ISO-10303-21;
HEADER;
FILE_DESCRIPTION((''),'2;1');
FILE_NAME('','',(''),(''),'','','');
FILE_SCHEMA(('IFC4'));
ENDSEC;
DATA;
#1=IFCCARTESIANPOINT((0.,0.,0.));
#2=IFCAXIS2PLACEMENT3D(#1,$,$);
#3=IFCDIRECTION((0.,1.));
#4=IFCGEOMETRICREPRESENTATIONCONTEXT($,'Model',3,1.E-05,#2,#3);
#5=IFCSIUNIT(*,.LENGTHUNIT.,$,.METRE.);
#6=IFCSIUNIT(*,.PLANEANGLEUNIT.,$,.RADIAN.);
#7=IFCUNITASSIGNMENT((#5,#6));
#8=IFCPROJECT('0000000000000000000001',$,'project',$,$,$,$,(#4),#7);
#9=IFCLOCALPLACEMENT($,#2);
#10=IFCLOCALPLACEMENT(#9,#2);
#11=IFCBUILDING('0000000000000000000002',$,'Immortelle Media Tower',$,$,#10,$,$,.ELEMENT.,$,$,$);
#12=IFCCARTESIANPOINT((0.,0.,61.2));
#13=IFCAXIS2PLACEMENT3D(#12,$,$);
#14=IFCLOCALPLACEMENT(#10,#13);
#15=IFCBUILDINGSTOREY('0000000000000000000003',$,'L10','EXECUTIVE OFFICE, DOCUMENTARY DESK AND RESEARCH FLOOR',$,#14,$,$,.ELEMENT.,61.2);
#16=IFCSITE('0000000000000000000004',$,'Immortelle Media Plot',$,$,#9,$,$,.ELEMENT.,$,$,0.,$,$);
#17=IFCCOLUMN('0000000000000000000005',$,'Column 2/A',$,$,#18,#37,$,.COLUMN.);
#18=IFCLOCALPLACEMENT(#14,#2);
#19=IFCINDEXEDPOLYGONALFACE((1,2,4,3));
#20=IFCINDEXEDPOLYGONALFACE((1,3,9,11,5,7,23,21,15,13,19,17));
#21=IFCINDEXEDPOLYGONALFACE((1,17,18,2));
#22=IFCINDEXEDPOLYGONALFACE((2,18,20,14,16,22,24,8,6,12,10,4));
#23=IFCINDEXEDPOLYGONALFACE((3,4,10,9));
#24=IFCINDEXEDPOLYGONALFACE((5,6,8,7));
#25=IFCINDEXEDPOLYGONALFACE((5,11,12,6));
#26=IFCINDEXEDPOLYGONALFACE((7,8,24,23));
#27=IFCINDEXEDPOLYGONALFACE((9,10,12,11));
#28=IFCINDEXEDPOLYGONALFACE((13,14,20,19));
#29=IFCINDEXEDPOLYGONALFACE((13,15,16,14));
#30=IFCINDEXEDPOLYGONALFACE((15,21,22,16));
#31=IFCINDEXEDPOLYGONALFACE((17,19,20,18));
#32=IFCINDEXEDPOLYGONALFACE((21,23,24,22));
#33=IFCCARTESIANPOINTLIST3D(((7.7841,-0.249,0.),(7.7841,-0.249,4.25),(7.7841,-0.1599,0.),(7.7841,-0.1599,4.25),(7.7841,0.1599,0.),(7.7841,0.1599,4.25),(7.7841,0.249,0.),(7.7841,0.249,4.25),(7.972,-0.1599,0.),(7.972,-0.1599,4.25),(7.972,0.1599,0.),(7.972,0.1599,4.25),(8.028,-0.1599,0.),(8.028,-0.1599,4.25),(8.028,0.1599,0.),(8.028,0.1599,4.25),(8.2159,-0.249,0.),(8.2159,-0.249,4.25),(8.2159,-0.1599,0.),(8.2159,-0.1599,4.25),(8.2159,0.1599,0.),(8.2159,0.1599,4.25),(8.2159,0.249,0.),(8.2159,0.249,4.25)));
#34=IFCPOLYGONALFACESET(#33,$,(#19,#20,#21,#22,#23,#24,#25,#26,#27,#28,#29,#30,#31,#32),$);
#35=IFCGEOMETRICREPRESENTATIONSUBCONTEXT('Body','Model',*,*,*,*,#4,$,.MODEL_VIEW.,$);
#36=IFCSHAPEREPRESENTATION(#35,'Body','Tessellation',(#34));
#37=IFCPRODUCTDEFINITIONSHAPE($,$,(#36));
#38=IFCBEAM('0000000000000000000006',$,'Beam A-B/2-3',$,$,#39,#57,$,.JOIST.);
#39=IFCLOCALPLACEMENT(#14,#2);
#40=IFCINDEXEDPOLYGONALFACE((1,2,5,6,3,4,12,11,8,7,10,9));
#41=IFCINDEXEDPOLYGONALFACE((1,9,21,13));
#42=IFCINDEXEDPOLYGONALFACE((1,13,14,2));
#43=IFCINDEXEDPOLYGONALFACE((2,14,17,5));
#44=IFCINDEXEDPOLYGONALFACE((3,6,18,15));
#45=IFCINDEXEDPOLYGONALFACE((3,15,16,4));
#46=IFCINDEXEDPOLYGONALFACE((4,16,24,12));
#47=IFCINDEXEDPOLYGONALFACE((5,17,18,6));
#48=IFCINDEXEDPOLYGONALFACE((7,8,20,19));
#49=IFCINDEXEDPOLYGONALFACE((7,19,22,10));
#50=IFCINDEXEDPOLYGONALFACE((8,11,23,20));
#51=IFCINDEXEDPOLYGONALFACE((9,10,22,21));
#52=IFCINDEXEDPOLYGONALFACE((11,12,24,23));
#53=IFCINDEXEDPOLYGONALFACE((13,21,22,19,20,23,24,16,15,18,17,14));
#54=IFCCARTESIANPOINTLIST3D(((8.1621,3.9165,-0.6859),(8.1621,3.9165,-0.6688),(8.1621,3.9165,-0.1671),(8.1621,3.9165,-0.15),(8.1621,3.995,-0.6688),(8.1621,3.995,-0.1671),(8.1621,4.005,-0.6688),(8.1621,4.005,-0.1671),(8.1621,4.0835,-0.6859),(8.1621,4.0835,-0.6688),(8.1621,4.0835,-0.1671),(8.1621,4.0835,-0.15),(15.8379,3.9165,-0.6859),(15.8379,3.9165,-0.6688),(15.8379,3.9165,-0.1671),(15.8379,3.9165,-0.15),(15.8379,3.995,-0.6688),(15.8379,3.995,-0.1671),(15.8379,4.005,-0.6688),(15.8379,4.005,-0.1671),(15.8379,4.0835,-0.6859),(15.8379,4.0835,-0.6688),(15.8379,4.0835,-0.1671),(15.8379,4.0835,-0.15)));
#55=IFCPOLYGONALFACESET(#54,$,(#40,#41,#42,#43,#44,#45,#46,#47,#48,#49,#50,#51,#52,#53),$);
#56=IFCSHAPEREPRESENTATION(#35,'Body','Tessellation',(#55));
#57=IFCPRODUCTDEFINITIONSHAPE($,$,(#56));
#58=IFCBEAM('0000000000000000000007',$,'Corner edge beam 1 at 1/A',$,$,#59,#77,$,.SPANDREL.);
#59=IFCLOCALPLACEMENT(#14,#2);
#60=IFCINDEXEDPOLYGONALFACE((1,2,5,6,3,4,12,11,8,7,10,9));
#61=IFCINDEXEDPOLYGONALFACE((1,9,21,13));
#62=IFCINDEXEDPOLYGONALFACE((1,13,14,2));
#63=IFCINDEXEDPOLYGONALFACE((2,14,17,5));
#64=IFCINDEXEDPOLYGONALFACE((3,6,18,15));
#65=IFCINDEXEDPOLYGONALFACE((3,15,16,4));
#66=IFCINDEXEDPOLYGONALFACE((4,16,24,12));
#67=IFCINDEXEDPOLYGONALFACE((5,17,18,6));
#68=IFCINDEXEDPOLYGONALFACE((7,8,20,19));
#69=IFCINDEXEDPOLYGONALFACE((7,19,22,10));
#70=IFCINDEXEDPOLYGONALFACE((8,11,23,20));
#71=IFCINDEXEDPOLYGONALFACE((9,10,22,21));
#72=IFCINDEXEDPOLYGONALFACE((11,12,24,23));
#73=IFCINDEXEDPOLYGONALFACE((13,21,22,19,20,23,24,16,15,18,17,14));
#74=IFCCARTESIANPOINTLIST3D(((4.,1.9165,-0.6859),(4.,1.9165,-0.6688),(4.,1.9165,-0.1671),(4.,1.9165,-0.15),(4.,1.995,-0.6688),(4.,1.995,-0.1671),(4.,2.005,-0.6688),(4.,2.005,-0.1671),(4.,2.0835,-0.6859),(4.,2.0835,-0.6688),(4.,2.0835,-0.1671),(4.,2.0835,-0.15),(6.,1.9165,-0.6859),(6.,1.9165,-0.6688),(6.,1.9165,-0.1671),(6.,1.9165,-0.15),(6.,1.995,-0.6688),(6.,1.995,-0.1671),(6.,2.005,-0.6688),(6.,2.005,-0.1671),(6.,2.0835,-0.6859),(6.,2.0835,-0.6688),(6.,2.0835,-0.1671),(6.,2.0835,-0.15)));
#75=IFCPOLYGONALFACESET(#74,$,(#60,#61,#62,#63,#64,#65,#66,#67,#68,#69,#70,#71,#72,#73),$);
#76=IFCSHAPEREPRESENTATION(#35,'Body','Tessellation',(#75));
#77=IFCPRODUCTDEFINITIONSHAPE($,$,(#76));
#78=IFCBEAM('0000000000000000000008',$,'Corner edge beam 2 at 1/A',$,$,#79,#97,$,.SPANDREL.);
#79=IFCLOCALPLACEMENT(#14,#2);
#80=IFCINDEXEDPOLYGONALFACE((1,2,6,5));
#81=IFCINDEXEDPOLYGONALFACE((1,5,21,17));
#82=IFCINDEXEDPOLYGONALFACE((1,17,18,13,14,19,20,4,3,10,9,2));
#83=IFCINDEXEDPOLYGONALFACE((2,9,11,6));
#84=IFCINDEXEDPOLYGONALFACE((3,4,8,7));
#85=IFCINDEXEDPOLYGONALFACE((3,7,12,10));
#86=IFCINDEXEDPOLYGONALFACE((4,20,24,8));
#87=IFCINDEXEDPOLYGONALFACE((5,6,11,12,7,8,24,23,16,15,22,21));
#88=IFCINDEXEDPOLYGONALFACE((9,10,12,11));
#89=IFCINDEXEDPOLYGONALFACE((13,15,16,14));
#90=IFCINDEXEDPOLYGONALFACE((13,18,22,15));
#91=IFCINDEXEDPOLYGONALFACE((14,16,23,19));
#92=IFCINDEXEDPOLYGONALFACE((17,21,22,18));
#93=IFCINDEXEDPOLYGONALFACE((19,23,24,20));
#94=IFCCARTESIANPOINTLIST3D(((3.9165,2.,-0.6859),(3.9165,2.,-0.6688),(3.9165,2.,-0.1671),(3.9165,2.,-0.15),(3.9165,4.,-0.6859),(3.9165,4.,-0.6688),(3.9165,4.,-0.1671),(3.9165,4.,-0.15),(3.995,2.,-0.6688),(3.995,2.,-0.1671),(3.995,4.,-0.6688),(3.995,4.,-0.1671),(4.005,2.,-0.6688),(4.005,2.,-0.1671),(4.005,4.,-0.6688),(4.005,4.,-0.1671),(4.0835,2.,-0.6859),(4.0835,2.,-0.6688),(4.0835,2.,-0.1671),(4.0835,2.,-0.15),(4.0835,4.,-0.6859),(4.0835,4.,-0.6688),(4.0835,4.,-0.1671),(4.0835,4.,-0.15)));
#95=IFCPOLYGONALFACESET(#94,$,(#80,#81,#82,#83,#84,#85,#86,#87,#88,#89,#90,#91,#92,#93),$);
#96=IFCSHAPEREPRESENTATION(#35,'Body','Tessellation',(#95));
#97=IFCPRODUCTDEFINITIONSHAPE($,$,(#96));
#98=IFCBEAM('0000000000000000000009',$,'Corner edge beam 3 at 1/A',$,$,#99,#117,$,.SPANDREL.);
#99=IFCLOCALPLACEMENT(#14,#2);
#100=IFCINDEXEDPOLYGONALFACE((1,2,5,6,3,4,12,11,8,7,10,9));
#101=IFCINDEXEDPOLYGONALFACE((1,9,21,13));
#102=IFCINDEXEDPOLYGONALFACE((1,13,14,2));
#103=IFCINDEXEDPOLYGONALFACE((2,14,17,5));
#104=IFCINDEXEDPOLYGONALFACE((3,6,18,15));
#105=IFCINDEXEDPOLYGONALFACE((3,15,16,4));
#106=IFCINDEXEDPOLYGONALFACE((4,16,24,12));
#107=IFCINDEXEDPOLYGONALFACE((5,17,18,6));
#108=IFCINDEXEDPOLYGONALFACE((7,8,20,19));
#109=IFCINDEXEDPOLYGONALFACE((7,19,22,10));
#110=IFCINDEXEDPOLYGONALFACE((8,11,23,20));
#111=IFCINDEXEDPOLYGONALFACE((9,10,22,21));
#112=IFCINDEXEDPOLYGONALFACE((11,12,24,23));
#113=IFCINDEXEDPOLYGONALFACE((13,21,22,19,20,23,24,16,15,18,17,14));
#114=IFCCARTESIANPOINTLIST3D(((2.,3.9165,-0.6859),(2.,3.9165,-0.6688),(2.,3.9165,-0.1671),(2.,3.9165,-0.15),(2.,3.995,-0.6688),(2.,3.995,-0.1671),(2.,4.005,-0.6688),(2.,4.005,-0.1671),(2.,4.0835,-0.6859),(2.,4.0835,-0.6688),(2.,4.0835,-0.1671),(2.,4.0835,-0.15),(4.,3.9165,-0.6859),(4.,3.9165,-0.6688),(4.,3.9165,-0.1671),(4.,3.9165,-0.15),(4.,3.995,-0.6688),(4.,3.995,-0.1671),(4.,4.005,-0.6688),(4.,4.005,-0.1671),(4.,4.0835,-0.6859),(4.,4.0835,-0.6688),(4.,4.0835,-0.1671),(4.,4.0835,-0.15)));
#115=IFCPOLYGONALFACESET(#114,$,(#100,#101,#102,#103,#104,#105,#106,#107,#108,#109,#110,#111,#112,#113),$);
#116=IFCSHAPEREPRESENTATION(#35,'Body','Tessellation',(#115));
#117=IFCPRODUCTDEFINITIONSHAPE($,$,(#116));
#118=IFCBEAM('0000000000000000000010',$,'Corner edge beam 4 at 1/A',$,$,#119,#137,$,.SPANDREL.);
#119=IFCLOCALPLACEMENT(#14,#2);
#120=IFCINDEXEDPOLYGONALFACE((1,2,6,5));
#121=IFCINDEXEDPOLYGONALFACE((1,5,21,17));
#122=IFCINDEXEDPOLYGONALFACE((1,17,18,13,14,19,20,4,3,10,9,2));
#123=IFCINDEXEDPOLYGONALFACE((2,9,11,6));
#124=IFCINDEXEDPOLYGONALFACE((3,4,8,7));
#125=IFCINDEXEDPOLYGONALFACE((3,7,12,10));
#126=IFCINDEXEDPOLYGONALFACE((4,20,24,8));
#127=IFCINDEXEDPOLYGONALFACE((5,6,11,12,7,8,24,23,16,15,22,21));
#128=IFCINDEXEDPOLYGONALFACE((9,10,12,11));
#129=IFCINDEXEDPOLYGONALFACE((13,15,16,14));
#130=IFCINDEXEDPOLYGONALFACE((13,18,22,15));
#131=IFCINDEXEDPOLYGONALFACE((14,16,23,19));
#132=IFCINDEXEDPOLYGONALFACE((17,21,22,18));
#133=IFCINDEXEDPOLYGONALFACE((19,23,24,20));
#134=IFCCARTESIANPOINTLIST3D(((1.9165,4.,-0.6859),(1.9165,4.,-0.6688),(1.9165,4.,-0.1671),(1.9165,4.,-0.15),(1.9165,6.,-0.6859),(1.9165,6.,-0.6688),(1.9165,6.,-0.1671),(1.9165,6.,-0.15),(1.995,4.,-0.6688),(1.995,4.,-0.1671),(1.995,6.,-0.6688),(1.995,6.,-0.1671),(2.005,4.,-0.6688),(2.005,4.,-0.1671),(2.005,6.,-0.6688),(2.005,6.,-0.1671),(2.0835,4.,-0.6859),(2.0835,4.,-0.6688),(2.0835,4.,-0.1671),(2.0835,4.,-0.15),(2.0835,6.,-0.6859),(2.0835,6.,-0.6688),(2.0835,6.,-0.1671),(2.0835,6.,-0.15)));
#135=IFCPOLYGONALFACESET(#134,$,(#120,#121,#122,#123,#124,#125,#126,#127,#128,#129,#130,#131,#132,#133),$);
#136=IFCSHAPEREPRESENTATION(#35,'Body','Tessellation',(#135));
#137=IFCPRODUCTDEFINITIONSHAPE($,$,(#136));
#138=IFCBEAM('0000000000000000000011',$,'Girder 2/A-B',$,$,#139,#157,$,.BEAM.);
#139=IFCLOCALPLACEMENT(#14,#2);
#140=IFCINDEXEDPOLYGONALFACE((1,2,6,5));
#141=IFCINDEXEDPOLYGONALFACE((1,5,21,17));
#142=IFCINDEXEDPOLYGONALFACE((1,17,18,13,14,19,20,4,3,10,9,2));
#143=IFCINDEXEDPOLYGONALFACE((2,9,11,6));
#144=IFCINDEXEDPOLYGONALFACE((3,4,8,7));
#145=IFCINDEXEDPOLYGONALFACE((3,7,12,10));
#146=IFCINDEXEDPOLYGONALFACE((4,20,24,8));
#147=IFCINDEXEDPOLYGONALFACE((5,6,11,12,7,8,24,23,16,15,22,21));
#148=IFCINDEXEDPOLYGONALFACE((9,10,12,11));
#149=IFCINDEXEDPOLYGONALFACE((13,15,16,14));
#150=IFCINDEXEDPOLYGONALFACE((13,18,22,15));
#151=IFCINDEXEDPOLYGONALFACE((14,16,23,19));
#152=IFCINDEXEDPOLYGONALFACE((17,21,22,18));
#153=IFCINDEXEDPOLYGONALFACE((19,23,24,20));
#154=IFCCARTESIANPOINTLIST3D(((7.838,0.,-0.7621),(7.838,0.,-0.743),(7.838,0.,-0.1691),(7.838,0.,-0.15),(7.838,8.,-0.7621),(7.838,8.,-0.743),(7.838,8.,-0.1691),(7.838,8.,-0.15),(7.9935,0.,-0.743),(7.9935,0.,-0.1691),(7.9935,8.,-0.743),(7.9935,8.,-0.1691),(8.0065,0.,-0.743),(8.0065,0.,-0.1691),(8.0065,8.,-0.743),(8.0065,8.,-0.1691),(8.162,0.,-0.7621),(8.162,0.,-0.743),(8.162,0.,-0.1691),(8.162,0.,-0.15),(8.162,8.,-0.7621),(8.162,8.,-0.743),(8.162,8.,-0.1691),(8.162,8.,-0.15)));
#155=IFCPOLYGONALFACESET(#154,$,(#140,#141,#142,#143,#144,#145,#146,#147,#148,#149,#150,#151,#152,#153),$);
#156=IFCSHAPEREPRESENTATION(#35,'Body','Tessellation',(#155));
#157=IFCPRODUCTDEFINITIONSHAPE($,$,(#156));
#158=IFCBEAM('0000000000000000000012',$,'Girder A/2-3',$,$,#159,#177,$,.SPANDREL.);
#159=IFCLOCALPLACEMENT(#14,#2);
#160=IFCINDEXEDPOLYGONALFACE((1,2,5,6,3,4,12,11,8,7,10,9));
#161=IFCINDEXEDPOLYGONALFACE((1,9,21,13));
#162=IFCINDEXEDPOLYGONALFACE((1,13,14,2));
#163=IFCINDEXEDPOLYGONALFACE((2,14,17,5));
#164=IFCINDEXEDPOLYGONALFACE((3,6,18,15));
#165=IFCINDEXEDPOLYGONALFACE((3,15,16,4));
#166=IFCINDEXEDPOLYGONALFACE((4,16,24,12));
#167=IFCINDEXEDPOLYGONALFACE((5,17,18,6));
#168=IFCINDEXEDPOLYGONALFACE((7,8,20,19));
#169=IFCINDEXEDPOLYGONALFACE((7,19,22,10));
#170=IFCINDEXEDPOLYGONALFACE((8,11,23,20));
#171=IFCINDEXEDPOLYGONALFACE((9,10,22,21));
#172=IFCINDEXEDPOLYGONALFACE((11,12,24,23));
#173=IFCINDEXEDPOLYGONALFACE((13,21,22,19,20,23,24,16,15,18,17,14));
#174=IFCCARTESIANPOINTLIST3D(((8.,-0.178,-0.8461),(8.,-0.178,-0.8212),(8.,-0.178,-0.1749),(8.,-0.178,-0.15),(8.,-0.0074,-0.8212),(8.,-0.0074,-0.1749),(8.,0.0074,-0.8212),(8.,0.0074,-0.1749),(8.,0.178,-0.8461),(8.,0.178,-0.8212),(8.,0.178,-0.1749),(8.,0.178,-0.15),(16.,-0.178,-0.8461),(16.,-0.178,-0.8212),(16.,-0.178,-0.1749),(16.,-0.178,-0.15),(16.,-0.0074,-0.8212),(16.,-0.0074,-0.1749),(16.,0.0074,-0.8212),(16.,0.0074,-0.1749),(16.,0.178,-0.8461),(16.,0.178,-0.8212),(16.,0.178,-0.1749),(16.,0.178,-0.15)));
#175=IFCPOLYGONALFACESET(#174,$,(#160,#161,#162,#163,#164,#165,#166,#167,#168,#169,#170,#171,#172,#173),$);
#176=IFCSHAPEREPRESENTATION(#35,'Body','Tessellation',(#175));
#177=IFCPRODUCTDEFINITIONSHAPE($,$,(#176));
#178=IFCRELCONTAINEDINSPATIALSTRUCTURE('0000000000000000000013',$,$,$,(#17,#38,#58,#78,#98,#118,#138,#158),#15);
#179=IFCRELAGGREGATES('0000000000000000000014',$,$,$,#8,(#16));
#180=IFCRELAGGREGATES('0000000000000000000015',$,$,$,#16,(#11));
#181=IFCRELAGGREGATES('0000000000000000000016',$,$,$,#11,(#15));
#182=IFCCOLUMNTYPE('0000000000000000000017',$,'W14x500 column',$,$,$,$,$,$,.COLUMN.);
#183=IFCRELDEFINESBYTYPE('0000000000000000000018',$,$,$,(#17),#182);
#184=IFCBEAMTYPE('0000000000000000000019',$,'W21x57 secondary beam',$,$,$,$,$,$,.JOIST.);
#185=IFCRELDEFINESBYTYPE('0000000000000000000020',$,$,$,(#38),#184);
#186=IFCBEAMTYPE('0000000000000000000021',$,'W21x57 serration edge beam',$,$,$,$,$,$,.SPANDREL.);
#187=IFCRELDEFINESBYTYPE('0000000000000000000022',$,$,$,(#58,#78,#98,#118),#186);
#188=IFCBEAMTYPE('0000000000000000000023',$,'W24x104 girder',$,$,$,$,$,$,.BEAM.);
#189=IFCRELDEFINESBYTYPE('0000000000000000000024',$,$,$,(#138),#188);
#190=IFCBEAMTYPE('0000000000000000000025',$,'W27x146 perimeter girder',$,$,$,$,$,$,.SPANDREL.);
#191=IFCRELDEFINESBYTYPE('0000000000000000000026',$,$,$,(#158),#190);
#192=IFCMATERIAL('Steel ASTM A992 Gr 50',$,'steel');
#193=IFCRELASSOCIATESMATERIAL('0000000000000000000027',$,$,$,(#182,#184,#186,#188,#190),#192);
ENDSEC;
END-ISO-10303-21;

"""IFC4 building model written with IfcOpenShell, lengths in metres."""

from ifc_helpers import new_model, si_unit, direction, frame, origin, origin_2d, place, context, subcontext, project, spatial, i_section, extrude, material, material_profile, profile_set, type_object, element, save


model = new_model("IFC4")

# Units and contexts
model_context = context("Model", 3, precision=1e-05, world=origin(), true_north=direction((0.0, 1.0)))
body_context = subcontext(model_context, "Body", "Model", "MODEL_VIEW")
ifc_project = project(units=[si_unit("LENGTHUNIT", "METRE"), si_unit("PLANEANGLEUNIT", "RADIAN")], contexts=[model_context])

# Site, building, storey
site_placement = place(None, origin())
site = spatial("IfcSite", under=ifc_project, at=site_placement, Name="Immortelle Media Plot", CompositionType="ELEMENT", RefElevation=0.0)
building_placement = place(site_placement, origin())
building = spatial("IfcBuilding", under=site, at=building_placement, Name="Immortelle Media Tower", CompositionType="ELEMENT")
storey_placement = place(building_placement, frame((0.0, 0.0, 61.2)))
storey = spatial("IfcBuildingStorey", under=building, at=storey_placement, Name="L10", Description="EXECUTIVE OFFICE, DOCUMENTARY DESK AND RESEARCH FLOOR", CompositionType="ELEMENT", Elevation=61.2)

# Column
ifc_material_1 = material(Name="Steel ASTM A992 Gr 50", Category="steel")
ifc_material_profile_1 = material_profile(ifc_material_1, i_section(OverallWidth=0.4319, OverallDepth=0.498, WebThickness=0.0559, FlangeThickness=0.0891, at=origin_2d()), Name="W14x500")
ifc_profile_set_1 = profile_set([ifc_material_profile_1], Name="Steel ASTM A992 Gr 50")
column_type = type_object("IfcColumnType", Name="W14x500 column", PredefinedType="COLUMN", material=ifc_profile_set_1)
column_placement = place(storey_placement, frame((8.0, 0.0, 0.0), z_axis=(0.0, 0.0, 1.0), x_axis=(1.0, 0.0, 0.0)))
element("IfcColumn", 1, at=column_placement, inside=storey, type_object=column_type, Name="Column 2/A", PredefinedType="COLUMN", context=body_context, shape_type="SweptSolid", body=[
    extrude(i_section(OverallWidth=0.4319, OverallDepth=0.498, WebThickness=0.0559, FlangeThickness=0.0891, at=origin_2d()), origin(), (0.0, 0.0, 1.0), 4.25),
])

# Beams
ifc_material_profile_2 = material_profile(ifc_material_1, i_section(OverallWidth=0.167, OverallDepth=0.5359, WebThickness=0.01, FlangeThickness=0.0171, at=origin_2d()), Name="W21x57")
ifc_profile_set_2 = profile_set([ifc_material_profile_2], Name="Steel ASTM A992 Gr 50")
beam_type_1 = type_object("IfcBeamType", Name="W21x57 secondary beam", PredefinedType="JOIST", material=ifc_profile_set_2)
beam_1_placement = place(storey_placement, frame((8.1621, 4.0, -0.418), z_axis=(1.0, 0.0, 0.0), x_axis=(0.0, 1.0, 0.0)))
element("IfcBeam", 2, at=beam_1_placement, inside=storey, type_object=beam_type_1, Name="Beam A-B/2-3", PredefinedType="JOIST", context=body_context, shape_type="SweptSolid", body=[
    extrude(i_section(OverallWidth=0.167, OverallDepth=0.5359, WebThickness=0.01, FlangeThickness=0.0171, at=origin_2d()), origin(), (0.0, 0.0, 1.0), 7.6758),
])
ifc_material_profile_3 = material_profile(ifc_material_1, i_section(OverallWidth=0.167, OverallDepth=0.5359, WebThickness=0.01, FlangeThickness=0.0171, at=origin_2d()), Name="W21x57")
ifc_profile_set_3 = profile_set([ifc_material_profile_3], Name="Steel ASTM A992 Gr 50")
beam_type_2 = type_object("IfcBeamType", Name="W21x57 serration edge beam", PredefinedType="SPANDREL", material=ifc_profile_set_3)
for number, where, z_axis, x_axis, name in (
    (3, (6.0, 2.0, -0.418), (-1.0, 0.0, 0.0), (0.0, -1.0, 0.0), "Corner edge beam 1 at 1/A"),
    (4, (4.0, 2.0, -0.418), (0.0, 1.0, 0.0), (-1.0, 0.0, 0.0), "Corner edge beam 2 at 1/A"),
    (5, (4.0, 4.0, -0.418), (-1.0, 0.0, 0.0), (0.0, -1.0, 0.0), "Corner edge beam 3 at 1/A"),
    (6, (2.0, 4.0, -0.418), (0.0, 1.0, 0.0), (-1.0, 0.0, 0.0), "Corner edge beam 4 at 1/A"),
):
    element("IfcBeam", number, at=place(storey_placement, frame(where, z_axis=z_axis, x_axis=x_axis)), inside=storey, type_object=beam_type_2, Name=name, PredefinedType="SPANDREL", context=body_context, shape_type="SweptSolid", body=[
        extrude(i_section(OverallWidth=0.167, OverallDepth=0.5359, WebThickness=0.01, FlangeThickness=0.0171, at=origin_2d()), origin(), (0.0, 0.0, 1.0), 2.0),
    ])
ifc_material_profile_4 = material_profile(ifc_material_1, i_section(OverallWidth=0.324, OverallDepth=0.6121, WebThickness=0.0129, FlangeThickness=0.019, at=origin_2d()), Name="W24x104")
ifc_profile_set_4 = profile_set([ifc_material_profile_4], Name="Steel ASTM A992 Gr 50")
beam_type_3 = type_object("IfcBeamType", Name="W24x104 girder", PredefinedType="BEAM", material=ifc_profile_set_4)
beam_2_placement = place(storey_placement, frame((8.0, 0.0, -0.4561), z_axis=(0.0, 1.0, 0.0), x_axis=(-1.0, 0.0, 0.0)))
element("IfcBeam", 7, at=beam_2_placement, inside=storey, type_object=beam_type_3, Name="Girder 2/A-B", PredefinedType="BEAM", context=body_context, shape_type="SweptSolid", body=[
    extrude(i_section(OverallWidth=0.324, OverallDepth=0.6121, WebThickness=0.0129, FlangeThickness=0.019, at=origin_2d()), origin(), (0.0, 0.0, 1.0), 8.0),
])
ifc_material_profile_5 = material_profile(ifc_material_1, i_section(OverallWidth=0.356, OverallDepth=0.696, WebThickness=0.0149, FlangeThickness=0.0249, at=origin_2d()), Name="W27x146")
ifc_profile_set_5 = profile_set([ifc_material_profile_5], Name="Steel ASTM A992 Gr 50")
beam_type_4 = type_object("IfcBeamType", Name="W27x146 perimeter girder", PredefinedType="SPANDREL", material=ifc_profile_set_5)
beam_3_placement = place(storey_placement, frame((8.0, 0.0, -0.498), z_axis=(1.0, 0.0, 0.0), x_axis=(0.0, 1.0, 0.0)))
element("IfcBeam", 8, at=beam_3_placement, inside=storey, type_object=beam_type_4, Name="Girder A/2-3", PredefinedType="SPANDREL", context=body_context, shape_type="SweptSolid", body=[
    extrude(i_section(OverallWidth=0.356, OverallDepth=0.696, WebThickness=0.0149, FlangeThickness=0.0249, at=origin_2d()), origin(), (0.0, 0.0, 1.0), 8.0),
])

save(model, "model.ifc")
